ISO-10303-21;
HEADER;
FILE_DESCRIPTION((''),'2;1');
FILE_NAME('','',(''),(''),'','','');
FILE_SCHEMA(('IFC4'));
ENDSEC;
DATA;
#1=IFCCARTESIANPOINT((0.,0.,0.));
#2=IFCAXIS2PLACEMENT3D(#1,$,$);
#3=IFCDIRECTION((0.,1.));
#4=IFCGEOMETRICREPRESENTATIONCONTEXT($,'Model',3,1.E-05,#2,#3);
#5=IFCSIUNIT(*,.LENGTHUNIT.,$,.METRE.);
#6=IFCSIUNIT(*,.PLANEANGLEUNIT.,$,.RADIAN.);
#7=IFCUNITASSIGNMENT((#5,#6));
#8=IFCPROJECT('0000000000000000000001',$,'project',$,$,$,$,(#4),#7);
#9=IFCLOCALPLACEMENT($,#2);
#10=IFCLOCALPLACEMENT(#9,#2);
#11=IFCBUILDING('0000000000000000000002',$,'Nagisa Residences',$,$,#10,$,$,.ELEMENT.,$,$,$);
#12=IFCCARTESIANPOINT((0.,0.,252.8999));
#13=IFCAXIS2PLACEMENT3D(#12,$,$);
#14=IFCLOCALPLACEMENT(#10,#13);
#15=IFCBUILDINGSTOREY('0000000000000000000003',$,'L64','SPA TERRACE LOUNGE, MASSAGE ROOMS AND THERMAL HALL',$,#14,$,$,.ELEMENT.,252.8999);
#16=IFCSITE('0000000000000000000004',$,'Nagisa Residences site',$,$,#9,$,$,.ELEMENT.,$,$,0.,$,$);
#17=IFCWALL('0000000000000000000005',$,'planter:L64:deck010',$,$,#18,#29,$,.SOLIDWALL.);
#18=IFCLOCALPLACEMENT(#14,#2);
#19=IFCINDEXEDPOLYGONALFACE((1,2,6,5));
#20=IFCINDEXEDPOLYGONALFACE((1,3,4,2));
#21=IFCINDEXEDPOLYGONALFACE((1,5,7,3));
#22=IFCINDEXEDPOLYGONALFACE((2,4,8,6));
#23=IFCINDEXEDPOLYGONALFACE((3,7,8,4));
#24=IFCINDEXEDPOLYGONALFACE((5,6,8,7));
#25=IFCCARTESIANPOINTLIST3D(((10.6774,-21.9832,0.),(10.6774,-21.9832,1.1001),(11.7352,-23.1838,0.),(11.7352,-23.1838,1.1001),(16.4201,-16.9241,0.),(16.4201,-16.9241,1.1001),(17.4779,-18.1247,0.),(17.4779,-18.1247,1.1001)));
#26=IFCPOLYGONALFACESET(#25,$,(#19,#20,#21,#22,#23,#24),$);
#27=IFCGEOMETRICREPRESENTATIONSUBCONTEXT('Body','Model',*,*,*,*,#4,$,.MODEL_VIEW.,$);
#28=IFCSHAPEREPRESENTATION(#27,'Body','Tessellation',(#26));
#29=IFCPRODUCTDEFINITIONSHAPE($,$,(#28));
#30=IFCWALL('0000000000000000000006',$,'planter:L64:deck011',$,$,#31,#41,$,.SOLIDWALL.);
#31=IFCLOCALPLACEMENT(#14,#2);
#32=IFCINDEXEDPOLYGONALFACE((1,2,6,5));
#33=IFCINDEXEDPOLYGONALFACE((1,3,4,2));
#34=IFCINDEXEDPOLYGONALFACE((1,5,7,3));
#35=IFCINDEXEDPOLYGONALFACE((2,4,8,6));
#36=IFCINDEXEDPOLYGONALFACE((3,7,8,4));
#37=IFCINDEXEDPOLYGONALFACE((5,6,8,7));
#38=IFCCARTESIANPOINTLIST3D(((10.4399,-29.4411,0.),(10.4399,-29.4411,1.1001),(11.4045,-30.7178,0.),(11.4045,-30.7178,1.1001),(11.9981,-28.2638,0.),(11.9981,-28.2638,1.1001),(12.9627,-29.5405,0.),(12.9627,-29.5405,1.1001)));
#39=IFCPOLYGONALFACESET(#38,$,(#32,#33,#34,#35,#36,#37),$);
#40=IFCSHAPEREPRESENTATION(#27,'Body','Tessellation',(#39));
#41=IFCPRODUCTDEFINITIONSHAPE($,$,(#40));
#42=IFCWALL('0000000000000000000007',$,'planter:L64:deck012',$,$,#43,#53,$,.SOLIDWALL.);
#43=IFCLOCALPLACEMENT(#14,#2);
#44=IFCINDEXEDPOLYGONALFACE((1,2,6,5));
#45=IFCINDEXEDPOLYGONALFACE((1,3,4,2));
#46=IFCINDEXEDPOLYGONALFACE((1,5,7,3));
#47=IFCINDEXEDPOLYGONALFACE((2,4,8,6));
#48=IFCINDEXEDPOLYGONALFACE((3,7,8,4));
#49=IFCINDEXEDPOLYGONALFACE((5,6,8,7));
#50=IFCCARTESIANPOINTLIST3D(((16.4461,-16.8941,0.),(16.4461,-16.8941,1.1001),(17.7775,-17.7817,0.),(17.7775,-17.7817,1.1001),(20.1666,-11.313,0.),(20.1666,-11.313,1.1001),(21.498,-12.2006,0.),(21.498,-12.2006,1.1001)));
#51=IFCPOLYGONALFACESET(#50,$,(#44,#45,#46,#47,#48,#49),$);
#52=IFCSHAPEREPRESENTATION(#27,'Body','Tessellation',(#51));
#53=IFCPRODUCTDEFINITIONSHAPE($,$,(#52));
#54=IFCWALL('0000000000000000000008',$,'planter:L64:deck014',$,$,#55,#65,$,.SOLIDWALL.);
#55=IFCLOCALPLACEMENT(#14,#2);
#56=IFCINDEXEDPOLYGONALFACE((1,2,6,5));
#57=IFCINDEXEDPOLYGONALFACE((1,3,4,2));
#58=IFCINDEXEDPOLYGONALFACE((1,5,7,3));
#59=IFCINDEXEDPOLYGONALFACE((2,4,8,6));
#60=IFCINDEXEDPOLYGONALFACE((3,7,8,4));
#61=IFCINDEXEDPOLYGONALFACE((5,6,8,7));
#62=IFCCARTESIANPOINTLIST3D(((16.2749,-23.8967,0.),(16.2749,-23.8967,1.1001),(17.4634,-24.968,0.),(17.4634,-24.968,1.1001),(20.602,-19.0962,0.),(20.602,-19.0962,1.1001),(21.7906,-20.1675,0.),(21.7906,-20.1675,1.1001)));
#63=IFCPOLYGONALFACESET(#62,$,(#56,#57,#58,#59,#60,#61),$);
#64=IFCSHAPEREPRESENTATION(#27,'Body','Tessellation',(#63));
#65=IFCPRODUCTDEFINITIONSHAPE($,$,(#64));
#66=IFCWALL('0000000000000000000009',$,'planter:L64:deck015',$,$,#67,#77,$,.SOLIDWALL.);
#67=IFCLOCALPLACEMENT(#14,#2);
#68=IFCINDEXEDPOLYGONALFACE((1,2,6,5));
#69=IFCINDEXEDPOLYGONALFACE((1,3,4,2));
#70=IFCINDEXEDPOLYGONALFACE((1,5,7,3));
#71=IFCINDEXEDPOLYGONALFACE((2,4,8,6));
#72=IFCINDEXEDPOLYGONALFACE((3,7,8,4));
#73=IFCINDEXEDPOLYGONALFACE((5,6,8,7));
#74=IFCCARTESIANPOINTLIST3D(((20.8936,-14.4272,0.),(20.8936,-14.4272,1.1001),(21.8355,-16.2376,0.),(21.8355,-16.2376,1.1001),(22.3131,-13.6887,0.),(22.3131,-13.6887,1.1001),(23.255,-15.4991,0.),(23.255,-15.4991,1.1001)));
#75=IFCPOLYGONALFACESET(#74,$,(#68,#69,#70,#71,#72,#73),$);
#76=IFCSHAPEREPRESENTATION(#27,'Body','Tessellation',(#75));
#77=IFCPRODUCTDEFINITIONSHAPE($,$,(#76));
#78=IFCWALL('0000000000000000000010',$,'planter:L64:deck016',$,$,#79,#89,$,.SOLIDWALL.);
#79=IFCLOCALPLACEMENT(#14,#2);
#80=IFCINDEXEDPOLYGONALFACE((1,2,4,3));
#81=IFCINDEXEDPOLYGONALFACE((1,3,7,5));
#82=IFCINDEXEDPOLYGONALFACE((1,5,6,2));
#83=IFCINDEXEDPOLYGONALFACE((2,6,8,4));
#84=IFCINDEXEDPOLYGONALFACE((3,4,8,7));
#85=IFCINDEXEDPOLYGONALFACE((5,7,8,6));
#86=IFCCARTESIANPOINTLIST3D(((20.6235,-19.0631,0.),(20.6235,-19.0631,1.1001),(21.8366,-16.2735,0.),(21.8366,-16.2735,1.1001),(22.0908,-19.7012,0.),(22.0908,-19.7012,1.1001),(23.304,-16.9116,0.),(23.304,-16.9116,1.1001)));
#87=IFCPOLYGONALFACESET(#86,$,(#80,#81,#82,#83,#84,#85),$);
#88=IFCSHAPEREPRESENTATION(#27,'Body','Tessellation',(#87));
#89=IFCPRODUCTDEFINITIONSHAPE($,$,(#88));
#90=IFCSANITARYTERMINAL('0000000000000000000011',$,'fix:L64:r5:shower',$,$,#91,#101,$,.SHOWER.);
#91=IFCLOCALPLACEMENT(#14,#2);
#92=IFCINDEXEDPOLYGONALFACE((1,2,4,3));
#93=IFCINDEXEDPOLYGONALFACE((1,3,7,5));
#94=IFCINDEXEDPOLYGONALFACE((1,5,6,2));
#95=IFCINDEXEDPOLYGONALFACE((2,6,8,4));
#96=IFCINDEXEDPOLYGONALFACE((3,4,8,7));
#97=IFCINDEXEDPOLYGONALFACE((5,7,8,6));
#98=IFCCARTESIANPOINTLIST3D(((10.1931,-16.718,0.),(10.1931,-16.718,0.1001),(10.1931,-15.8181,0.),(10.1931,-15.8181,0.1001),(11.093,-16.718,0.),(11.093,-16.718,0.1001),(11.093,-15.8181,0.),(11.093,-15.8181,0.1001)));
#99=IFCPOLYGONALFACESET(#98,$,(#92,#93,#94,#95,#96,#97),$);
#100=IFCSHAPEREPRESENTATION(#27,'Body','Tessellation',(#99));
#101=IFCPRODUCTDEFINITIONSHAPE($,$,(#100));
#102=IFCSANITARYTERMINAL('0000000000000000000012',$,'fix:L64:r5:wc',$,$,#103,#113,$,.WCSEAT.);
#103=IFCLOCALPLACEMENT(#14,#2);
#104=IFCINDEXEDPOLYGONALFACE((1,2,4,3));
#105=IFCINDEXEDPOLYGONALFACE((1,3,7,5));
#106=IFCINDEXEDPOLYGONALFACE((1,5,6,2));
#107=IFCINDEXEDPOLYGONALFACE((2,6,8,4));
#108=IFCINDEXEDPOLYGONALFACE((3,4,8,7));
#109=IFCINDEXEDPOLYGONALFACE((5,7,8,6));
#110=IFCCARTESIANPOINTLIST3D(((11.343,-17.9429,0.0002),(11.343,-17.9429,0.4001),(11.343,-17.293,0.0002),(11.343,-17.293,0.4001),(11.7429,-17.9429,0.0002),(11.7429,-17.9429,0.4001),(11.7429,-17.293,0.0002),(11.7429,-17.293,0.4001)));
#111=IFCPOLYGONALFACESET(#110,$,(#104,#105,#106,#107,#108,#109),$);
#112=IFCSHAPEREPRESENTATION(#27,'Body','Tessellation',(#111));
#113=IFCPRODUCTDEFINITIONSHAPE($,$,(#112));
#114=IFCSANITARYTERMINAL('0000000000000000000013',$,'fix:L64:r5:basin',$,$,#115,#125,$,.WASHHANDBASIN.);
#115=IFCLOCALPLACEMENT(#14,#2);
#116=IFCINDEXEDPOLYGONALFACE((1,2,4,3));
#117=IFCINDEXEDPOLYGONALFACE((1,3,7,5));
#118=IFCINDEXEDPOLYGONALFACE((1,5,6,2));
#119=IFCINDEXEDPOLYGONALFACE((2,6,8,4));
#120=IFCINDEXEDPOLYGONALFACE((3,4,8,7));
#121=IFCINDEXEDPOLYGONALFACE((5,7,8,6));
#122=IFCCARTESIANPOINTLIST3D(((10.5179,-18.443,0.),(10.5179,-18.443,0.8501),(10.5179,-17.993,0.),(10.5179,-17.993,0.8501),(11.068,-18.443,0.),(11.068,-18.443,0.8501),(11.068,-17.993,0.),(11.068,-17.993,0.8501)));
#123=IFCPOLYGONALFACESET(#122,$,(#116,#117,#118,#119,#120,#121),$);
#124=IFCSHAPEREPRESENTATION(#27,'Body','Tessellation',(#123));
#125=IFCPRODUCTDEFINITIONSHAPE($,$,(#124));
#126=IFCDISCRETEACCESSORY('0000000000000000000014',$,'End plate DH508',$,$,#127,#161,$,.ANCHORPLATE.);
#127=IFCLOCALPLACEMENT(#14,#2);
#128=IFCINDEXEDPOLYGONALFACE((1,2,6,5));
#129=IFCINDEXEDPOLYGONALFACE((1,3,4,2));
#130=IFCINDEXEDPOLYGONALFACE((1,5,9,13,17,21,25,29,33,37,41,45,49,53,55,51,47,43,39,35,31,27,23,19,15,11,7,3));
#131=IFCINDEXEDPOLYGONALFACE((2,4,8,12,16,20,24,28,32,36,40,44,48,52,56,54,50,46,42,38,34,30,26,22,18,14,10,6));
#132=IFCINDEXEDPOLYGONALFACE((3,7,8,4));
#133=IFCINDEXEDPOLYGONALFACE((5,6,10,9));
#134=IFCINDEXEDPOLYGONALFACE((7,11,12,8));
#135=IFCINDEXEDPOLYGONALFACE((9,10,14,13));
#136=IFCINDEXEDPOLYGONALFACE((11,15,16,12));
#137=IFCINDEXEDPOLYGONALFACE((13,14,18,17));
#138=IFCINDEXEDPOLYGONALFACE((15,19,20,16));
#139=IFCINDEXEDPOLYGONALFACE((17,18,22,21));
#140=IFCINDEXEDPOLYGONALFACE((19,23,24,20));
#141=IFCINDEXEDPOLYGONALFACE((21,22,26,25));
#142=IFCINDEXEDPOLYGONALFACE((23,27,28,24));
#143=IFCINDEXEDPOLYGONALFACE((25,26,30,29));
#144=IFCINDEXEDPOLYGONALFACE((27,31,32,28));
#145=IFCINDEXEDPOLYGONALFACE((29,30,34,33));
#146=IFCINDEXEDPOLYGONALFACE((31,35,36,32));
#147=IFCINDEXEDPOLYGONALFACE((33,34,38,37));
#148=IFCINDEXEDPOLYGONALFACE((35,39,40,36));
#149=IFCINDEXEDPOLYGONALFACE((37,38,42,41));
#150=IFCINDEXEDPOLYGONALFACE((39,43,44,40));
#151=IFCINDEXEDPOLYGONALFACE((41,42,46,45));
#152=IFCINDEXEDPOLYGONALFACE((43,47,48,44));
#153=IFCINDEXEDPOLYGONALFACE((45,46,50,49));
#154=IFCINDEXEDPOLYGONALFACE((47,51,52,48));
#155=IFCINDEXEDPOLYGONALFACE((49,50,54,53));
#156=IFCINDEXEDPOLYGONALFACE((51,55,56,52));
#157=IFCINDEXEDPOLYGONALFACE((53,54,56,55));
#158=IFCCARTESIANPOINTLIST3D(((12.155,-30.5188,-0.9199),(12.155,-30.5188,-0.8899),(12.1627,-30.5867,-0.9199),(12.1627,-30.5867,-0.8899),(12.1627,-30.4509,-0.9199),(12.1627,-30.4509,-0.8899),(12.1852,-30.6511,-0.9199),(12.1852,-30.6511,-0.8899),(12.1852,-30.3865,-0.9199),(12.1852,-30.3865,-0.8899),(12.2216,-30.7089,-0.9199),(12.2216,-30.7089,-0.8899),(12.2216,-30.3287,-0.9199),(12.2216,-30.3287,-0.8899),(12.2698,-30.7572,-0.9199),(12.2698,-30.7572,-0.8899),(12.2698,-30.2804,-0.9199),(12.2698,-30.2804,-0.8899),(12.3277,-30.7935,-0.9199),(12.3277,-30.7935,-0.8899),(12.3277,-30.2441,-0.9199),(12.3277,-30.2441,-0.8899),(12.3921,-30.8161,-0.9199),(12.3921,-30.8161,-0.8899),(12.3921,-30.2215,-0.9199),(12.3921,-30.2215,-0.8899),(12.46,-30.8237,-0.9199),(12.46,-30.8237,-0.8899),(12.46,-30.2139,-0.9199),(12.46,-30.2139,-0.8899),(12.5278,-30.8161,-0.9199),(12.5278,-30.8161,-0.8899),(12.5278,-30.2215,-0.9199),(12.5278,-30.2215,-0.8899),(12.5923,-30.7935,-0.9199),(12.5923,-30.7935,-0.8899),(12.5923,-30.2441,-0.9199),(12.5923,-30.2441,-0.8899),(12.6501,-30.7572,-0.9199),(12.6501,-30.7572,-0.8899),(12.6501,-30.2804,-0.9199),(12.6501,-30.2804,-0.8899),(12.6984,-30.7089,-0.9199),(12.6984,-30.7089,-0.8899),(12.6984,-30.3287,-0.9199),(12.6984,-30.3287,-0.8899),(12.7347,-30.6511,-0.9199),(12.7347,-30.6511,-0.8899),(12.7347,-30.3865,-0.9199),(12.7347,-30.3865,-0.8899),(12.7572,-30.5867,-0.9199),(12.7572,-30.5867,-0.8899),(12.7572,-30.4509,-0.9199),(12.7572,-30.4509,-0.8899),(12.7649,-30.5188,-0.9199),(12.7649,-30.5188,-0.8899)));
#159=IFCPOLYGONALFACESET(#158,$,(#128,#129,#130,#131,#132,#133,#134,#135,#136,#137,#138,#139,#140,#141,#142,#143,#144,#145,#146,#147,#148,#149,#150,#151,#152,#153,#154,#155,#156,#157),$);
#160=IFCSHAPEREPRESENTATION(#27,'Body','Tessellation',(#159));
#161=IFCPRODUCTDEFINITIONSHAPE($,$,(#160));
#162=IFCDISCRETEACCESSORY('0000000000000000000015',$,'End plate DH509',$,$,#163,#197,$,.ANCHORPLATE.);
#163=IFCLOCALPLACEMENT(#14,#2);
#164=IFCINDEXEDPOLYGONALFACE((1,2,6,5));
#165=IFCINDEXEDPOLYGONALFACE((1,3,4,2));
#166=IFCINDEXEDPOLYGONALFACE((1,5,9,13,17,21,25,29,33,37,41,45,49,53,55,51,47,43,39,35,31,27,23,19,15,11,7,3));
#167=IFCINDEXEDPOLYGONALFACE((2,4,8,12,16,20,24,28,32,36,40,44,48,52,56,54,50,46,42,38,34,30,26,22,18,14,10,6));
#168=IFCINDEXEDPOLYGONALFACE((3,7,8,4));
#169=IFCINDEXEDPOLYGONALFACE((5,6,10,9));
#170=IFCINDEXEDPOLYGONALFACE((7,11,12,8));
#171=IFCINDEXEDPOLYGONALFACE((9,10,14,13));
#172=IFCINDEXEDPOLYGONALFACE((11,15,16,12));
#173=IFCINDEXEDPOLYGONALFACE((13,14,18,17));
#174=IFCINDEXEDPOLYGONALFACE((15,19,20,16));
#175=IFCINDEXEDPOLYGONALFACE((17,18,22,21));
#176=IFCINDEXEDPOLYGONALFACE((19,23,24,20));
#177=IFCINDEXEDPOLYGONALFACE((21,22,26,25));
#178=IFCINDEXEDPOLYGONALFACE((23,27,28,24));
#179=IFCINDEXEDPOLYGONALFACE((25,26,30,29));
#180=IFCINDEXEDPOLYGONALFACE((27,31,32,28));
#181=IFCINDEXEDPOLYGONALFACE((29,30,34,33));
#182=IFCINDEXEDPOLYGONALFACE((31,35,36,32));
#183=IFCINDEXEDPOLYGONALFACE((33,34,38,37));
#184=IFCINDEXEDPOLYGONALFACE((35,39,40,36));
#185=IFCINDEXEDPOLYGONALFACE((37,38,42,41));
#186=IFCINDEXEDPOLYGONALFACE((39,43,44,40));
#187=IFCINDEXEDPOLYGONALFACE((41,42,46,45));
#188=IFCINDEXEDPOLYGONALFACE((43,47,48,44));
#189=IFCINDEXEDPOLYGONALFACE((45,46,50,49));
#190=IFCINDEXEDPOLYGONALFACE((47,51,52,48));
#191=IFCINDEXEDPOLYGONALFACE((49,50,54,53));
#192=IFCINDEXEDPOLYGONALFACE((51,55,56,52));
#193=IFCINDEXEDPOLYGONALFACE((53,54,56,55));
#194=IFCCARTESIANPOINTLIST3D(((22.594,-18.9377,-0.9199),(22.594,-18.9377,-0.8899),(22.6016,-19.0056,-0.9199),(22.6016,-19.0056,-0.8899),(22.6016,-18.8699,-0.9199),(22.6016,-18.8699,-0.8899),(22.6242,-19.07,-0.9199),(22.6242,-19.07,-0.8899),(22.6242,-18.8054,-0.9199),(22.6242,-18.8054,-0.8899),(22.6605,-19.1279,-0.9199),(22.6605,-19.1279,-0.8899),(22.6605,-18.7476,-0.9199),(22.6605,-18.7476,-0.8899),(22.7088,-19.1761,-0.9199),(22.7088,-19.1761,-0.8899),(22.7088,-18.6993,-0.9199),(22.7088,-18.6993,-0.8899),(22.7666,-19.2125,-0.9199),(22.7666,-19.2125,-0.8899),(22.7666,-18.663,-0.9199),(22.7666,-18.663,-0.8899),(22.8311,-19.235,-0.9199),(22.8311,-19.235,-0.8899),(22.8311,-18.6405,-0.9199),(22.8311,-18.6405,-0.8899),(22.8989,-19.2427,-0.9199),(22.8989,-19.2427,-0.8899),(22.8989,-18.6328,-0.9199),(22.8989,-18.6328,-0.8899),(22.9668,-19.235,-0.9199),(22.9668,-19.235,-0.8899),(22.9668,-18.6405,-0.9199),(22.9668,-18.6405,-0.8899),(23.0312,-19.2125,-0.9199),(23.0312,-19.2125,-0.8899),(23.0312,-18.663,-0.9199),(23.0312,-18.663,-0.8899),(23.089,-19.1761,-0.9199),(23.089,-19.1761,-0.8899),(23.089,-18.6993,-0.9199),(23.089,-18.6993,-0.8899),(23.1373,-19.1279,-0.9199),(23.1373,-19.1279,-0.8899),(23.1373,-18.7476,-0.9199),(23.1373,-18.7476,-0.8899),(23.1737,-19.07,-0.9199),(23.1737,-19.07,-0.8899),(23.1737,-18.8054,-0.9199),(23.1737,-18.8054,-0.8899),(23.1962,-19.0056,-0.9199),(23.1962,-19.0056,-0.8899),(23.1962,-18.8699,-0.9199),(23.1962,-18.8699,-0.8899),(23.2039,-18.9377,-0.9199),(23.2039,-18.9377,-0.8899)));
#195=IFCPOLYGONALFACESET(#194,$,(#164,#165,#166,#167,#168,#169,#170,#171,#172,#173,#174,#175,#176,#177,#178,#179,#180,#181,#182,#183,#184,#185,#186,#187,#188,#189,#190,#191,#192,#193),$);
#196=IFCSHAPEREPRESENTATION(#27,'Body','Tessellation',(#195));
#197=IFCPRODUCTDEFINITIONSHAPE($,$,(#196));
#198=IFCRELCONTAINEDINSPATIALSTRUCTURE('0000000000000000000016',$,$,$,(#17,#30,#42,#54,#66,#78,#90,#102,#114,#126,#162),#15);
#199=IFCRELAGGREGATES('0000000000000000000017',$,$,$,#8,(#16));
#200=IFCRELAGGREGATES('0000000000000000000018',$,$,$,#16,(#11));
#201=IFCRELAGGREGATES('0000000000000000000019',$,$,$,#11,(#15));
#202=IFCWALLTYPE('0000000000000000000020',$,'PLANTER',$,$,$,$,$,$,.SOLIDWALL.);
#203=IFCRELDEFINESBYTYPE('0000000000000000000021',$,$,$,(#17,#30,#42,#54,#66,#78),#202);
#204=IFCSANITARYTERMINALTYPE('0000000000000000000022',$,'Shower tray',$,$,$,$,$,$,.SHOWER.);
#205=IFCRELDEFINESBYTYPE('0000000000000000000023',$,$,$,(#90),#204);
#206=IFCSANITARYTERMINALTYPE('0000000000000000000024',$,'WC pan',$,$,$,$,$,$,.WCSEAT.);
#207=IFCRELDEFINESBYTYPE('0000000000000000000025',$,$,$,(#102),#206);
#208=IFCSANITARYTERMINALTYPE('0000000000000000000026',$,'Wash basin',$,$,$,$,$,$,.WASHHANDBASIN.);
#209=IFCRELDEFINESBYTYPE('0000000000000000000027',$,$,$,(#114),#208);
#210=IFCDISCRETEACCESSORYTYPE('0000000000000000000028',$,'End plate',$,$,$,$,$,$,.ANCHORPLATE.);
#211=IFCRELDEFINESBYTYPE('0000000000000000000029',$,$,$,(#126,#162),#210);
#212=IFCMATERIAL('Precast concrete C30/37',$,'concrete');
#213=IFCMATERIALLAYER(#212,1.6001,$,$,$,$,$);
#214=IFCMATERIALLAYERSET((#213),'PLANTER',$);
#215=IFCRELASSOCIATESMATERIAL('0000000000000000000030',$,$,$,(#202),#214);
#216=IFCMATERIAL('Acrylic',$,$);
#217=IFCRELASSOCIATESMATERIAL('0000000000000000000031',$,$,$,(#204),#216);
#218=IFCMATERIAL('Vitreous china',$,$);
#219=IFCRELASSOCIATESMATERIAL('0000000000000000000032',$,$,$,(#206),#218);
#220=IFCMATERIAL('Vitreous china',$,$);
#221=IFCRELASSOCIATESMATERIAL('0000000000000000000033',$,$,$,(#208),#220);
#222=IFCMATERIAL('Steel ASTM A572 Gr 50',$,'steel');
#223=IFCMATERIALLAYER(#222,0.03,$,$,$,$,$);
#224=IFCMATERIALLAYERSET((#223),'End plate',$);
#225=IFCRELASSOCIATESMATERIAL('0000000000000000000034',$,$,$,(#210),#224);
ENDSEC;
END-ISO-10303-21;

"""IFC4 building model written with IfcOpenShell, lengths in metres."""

from ifc_helpers import new_model, si_unit, direction, frame, frame_2d, origin, origin_2d, place, context, subcontext, project, spatial, rectangle, circle, extrude, material, layer, layer_set, type_object, element, save


model = new_model("IFC4")

# Units and contexts
model_context = context("Model", 3, precision=1e-05, world=origin(), true_north=direction((0.0, 1.0)))
body_context = subcontext(model_context, "Body", "Model", "MODEL_VIEW")
ifc_project = project(units=[si_unit("LENGTHUNIT", "METRE"), si_unit("PLANEANGLEUNIT", "RADIAN")], contexts=[model_context])

# Site, building, storey
site_placement = place(None, origin())
site = spatial("IfcSite", under=ifc_project, at=site_placement, Name="Nagisa Residences site", CompositionType="ELEMENT", RefElevation=0.0)
building_placement = place(site_placement, origin())
building = spatial("IfcBuilding", under=site, at=building_placement, Name="Nagisa Residences", CompositionType="ELEMENT")
storey_placement = place(building_placement, frame((0.0, 0.0, 252.8999)))
storey = spatial("IfcBuildingStorey", under=building, at=storey_placement, Name="L64", Description="SPA TERRACE LOUNGE, MASSAGE ROOMS AND THERMAL HALL", CompositionType="ELEMENT", Elevation=252.8999)

# Walls
ifc_material_1 = material(Name="Precast concrete C30/37", Category="concrete")
ifc_layer_1 = layer(ifc_material_1, 1.6001)
ifc_layer_set_1 = layer_set([ifc_layer_1], Name="PLANTER")
wall_type = type_object("IfcWallType", Name="PLANTER", PredefinedType="SOLIDWALL", material=ifc_layer_set_1)
wall_1_placement = place(storey_placement, frame((11.2063, -22.5835, 0.0), z_axis=(0.0, 0.0, 1.0), x_axis=(0.750355, 0.661035, 0.0)))
element("IfcWall", 1, at=wall_1_placement, inside=storey, type_object=wall_type, Name="planter:L64:deck010", PredefinedType="SOLIDWALL", context=body_context, shape_type="SweptSolid", body=[
    extrude(rectangle(XDim=7.6533, YDim=1.6001, at=frame_2d((3.8267, 0.0))), origin(), (0.0, 0.0, 1.0), 1.1001),
])
wall_2_placement = place(storey_placement, frame((12.4805, -28.9021, 0.0), z_axis=(0.0, 0.0, 1.0), x_axis=(-0.797865, -0.602837, 0.0)))
element("IfcWall", 2, at=wall_2_placement, inside=storey, type_object=wall_type, Name="planter:L64:deck011", PredefinedType="SOLIDWALL", context=body_context, shape_type="SweptSolid", body=[
    extrude(rectangle(XDim=1.9529, YDim=1.6001, at=frame_2d((0.9766, 0.0))), origin(), (0.0, 0.0, 1.0), 1.1001),
])
wall_3_placement = place(storey_placement, frame((17.1118, -17.3379, 0.0), z_axis=(0.0, 0.0, 1.0), x_axis=(0.554675, 0.832067, 0.0)))
element("IfcWall", 3, at=wall_3_placement, inside=storey, type_object=wall_type, Name="planter:L64:deck012", PredefinedType="SOLIDWALL", context=body_context, shape_type="SweptSolid", body=[
    extrude(rectangle(XDim=6.7075, YDim=1.6001, at=frame_2d((3.3538, 0.0))), origin(), (0.0, 0.0, 1.0), 1.1001),
])
wall_4_placement = place(storey_placement, frame((21.1963, -19.6318, 0.0), z_axis=(0.0, 0.0, 1.0), x_axis=(-0.669534, -0.742781, 0.0)))
element("IfcWall", 4, at=wall_4_placement, inside=storey, type_object=wall_type, Name="planter:L64:deck014", PredefinedType="SOLIDWALL", context=body_context, shape_type="SweptSolid", body=[
    extrude(rectangle(XDim=6.4629, YDim=1.6001, at=frame_2d((3.2314, 0.0))), origin(), (0.0, 0.0, 1.0), 1.1001),
])
wall_5_placement = place(storey_placement, frame((21.6033, -14.0579, 0.0), z_axis=(0.0, 0.0, 1.0), x_axis=(0.46156, -0.887109, 0.0)))
element("IfcWall", 5, at=wall_5_placement, inside=storey, type_object=wall_type, Name="planter:L64:deck015", PredefinedType="SOLIDWALL", context=body_context, shape_type="SweptSolid", body=[
    extrude(rectangle(XDim=2.0408, YDim=1.6001, at=frame_2d((1.0205, 0.0))), origin(), (0.0, 0.0, 1.0), 1.1001),
])
wall_6_placement = place(storey_placement, frame((22.5703, -16.5925, 0.0), z_axis=(0.0, 0.0, 1.0), x_axis=(-0.398805, -0.917036, 0.0)))
element("IfcWall", 6, at=wall_6_placement, inside=storey, type_object=wall_type, Name="planter:L64:deck016", PredefinedType="SOLIDWALL", context=body_context, shape_type="SweptSolid", body=[
    extrude(rectangle(XDim=3.042, YDim=1.6001, at=frame_2d((1.521, 0.0))), origin(), (0.0, 0.0, 1.0), 1.1001),
])

# Sanitary terminals
ifc_material_2 = material(Name="Acrylic")
sanitary_terminal_type_1 = type_object("IfcSanitaryTerminalType", Name="Shower tray", PredefinedType="SHOWER", material=ifc_material_2)
sanitary_terminal_1_placement = place(storey_placement, frame((10.6431, -16.2681, 0.0), z_axis=(0.0, 0.0, 1.0), x_axis=(1.0, 0.0, 0.0)))
element("IfcSanitaryTerminal", 7, at=sanitary_terminal_1_placement, inside=storey, type_object=sanitary_terminal_type_1, Name="fix:L64:r5:shower", PredefinedType="SHOWER", context=body_context, shape_type="SweptSolid", body=[
    extrude(rectangle(XDim=0.8999, YDim=0.8999, at=origin_2d()), origin(), (0.0, 0.0, 1.0), 0.1001),
])
ifc_material_3 = material(Name="Vitreous china")
sanitary_terminal_type_2 = type_object("IfcSanitaryTerminalType", Name="WC pan", PredefinedType="WCSEAT", material=ifc_material_3)
sanitary_terminal_2_placement = place(storey_placement, frame((11.543, -17.6179, 0.0002), z_axis=(0.0, 0.0, 1.0), x_axis=(1.0, 0.0, 0.0)))
element("IfcSanitaryTerminal", 8, at=sanitary_terminal_2_placement, inside=storey, type_object=sanitary_terminal_type_2, Name="fix:L64:r5:wc", PredefinedType="WCSEAT", context=body_context, shape_type="SweptSolid", body=[
    extrude(rectangle(XDim=0.3999, YDim=0.6499, at=origin_2d()), origin(), (0.0, 0.0, 1.0), 0.3999),
])
ifc_material_4 = material(Name="Vitreous china")
sanitary_terminal_type_3 = type_object("IfcSanitaryTerminalType", Name="Wash basin", PredefinedType="WASHHANDBASIN", material=ifc_material_4)
sanitary_terminal_3_placement = place(storey_placement, frame((10.793, -18.218, 0.0), z_axis=(0.0, 0.0, 1.0), x_axis=(1.0, 0.0, 0.0)))
element("IfcSanitaryTerminal", 9, at=sanitary_terminal_3_placement, inside=storey, type_object=sanitary_terminal_type_3, Name="fix:L64:r5:basin", PredefinedType="WASHHANDBASIN", context=body_context, shape_type="SweptSolid", body=[
    extrude(rectangle(XDim=0.55, YDim=0.45, at=origin_2d()), origin(), (0.0, 0.0, 1.0), 0.8501),
])

# Discrete accessories
ifc_material_5 = material(Name="Steel ASTM A572 Gr 50", Category="steel")
ifc_layer_2 = layer(ifc_material_5, 0.03)
ifc_layer_set_2 = layer_set([ifc_layer_2], Name="End plate")
discrete_accessory_type = type_object("IfcDiscreteAccessoryType", Name="End plate", PredefinedType="ANCHORPLATE", material=ifc_layer_set_2)
for number, where, z_axis, x_axis, name in (
    (10, (12.46, -30.5188, -0.8899), (0.0, 0.0, -1.0), (1.0, 0.0, 0.0), "End plate DH508"),
    (11, (22.8989, -18.9377, -0.8899), (0.0, 0.0, -1.0), (1.0, 0.0, 0.0), "End plate DH509"),
):
    element("IfcDiscreteAccessory", number, at=place(storey_placement, frame(where, z_axis=z_axis, x_axis=x_axis)), inside=storey, type_object=discrete_accessory_type, Name=name, PredefinedType="ANCHORPLATE", context=body_context, shape_type="SweptSolid", body=[
        extrude(circle(Radius=0.3049, at=origin_2d()), origin(), (0.0, 0.0, 1.0), 0.03),
    ])

save(model, "model.ifc")
